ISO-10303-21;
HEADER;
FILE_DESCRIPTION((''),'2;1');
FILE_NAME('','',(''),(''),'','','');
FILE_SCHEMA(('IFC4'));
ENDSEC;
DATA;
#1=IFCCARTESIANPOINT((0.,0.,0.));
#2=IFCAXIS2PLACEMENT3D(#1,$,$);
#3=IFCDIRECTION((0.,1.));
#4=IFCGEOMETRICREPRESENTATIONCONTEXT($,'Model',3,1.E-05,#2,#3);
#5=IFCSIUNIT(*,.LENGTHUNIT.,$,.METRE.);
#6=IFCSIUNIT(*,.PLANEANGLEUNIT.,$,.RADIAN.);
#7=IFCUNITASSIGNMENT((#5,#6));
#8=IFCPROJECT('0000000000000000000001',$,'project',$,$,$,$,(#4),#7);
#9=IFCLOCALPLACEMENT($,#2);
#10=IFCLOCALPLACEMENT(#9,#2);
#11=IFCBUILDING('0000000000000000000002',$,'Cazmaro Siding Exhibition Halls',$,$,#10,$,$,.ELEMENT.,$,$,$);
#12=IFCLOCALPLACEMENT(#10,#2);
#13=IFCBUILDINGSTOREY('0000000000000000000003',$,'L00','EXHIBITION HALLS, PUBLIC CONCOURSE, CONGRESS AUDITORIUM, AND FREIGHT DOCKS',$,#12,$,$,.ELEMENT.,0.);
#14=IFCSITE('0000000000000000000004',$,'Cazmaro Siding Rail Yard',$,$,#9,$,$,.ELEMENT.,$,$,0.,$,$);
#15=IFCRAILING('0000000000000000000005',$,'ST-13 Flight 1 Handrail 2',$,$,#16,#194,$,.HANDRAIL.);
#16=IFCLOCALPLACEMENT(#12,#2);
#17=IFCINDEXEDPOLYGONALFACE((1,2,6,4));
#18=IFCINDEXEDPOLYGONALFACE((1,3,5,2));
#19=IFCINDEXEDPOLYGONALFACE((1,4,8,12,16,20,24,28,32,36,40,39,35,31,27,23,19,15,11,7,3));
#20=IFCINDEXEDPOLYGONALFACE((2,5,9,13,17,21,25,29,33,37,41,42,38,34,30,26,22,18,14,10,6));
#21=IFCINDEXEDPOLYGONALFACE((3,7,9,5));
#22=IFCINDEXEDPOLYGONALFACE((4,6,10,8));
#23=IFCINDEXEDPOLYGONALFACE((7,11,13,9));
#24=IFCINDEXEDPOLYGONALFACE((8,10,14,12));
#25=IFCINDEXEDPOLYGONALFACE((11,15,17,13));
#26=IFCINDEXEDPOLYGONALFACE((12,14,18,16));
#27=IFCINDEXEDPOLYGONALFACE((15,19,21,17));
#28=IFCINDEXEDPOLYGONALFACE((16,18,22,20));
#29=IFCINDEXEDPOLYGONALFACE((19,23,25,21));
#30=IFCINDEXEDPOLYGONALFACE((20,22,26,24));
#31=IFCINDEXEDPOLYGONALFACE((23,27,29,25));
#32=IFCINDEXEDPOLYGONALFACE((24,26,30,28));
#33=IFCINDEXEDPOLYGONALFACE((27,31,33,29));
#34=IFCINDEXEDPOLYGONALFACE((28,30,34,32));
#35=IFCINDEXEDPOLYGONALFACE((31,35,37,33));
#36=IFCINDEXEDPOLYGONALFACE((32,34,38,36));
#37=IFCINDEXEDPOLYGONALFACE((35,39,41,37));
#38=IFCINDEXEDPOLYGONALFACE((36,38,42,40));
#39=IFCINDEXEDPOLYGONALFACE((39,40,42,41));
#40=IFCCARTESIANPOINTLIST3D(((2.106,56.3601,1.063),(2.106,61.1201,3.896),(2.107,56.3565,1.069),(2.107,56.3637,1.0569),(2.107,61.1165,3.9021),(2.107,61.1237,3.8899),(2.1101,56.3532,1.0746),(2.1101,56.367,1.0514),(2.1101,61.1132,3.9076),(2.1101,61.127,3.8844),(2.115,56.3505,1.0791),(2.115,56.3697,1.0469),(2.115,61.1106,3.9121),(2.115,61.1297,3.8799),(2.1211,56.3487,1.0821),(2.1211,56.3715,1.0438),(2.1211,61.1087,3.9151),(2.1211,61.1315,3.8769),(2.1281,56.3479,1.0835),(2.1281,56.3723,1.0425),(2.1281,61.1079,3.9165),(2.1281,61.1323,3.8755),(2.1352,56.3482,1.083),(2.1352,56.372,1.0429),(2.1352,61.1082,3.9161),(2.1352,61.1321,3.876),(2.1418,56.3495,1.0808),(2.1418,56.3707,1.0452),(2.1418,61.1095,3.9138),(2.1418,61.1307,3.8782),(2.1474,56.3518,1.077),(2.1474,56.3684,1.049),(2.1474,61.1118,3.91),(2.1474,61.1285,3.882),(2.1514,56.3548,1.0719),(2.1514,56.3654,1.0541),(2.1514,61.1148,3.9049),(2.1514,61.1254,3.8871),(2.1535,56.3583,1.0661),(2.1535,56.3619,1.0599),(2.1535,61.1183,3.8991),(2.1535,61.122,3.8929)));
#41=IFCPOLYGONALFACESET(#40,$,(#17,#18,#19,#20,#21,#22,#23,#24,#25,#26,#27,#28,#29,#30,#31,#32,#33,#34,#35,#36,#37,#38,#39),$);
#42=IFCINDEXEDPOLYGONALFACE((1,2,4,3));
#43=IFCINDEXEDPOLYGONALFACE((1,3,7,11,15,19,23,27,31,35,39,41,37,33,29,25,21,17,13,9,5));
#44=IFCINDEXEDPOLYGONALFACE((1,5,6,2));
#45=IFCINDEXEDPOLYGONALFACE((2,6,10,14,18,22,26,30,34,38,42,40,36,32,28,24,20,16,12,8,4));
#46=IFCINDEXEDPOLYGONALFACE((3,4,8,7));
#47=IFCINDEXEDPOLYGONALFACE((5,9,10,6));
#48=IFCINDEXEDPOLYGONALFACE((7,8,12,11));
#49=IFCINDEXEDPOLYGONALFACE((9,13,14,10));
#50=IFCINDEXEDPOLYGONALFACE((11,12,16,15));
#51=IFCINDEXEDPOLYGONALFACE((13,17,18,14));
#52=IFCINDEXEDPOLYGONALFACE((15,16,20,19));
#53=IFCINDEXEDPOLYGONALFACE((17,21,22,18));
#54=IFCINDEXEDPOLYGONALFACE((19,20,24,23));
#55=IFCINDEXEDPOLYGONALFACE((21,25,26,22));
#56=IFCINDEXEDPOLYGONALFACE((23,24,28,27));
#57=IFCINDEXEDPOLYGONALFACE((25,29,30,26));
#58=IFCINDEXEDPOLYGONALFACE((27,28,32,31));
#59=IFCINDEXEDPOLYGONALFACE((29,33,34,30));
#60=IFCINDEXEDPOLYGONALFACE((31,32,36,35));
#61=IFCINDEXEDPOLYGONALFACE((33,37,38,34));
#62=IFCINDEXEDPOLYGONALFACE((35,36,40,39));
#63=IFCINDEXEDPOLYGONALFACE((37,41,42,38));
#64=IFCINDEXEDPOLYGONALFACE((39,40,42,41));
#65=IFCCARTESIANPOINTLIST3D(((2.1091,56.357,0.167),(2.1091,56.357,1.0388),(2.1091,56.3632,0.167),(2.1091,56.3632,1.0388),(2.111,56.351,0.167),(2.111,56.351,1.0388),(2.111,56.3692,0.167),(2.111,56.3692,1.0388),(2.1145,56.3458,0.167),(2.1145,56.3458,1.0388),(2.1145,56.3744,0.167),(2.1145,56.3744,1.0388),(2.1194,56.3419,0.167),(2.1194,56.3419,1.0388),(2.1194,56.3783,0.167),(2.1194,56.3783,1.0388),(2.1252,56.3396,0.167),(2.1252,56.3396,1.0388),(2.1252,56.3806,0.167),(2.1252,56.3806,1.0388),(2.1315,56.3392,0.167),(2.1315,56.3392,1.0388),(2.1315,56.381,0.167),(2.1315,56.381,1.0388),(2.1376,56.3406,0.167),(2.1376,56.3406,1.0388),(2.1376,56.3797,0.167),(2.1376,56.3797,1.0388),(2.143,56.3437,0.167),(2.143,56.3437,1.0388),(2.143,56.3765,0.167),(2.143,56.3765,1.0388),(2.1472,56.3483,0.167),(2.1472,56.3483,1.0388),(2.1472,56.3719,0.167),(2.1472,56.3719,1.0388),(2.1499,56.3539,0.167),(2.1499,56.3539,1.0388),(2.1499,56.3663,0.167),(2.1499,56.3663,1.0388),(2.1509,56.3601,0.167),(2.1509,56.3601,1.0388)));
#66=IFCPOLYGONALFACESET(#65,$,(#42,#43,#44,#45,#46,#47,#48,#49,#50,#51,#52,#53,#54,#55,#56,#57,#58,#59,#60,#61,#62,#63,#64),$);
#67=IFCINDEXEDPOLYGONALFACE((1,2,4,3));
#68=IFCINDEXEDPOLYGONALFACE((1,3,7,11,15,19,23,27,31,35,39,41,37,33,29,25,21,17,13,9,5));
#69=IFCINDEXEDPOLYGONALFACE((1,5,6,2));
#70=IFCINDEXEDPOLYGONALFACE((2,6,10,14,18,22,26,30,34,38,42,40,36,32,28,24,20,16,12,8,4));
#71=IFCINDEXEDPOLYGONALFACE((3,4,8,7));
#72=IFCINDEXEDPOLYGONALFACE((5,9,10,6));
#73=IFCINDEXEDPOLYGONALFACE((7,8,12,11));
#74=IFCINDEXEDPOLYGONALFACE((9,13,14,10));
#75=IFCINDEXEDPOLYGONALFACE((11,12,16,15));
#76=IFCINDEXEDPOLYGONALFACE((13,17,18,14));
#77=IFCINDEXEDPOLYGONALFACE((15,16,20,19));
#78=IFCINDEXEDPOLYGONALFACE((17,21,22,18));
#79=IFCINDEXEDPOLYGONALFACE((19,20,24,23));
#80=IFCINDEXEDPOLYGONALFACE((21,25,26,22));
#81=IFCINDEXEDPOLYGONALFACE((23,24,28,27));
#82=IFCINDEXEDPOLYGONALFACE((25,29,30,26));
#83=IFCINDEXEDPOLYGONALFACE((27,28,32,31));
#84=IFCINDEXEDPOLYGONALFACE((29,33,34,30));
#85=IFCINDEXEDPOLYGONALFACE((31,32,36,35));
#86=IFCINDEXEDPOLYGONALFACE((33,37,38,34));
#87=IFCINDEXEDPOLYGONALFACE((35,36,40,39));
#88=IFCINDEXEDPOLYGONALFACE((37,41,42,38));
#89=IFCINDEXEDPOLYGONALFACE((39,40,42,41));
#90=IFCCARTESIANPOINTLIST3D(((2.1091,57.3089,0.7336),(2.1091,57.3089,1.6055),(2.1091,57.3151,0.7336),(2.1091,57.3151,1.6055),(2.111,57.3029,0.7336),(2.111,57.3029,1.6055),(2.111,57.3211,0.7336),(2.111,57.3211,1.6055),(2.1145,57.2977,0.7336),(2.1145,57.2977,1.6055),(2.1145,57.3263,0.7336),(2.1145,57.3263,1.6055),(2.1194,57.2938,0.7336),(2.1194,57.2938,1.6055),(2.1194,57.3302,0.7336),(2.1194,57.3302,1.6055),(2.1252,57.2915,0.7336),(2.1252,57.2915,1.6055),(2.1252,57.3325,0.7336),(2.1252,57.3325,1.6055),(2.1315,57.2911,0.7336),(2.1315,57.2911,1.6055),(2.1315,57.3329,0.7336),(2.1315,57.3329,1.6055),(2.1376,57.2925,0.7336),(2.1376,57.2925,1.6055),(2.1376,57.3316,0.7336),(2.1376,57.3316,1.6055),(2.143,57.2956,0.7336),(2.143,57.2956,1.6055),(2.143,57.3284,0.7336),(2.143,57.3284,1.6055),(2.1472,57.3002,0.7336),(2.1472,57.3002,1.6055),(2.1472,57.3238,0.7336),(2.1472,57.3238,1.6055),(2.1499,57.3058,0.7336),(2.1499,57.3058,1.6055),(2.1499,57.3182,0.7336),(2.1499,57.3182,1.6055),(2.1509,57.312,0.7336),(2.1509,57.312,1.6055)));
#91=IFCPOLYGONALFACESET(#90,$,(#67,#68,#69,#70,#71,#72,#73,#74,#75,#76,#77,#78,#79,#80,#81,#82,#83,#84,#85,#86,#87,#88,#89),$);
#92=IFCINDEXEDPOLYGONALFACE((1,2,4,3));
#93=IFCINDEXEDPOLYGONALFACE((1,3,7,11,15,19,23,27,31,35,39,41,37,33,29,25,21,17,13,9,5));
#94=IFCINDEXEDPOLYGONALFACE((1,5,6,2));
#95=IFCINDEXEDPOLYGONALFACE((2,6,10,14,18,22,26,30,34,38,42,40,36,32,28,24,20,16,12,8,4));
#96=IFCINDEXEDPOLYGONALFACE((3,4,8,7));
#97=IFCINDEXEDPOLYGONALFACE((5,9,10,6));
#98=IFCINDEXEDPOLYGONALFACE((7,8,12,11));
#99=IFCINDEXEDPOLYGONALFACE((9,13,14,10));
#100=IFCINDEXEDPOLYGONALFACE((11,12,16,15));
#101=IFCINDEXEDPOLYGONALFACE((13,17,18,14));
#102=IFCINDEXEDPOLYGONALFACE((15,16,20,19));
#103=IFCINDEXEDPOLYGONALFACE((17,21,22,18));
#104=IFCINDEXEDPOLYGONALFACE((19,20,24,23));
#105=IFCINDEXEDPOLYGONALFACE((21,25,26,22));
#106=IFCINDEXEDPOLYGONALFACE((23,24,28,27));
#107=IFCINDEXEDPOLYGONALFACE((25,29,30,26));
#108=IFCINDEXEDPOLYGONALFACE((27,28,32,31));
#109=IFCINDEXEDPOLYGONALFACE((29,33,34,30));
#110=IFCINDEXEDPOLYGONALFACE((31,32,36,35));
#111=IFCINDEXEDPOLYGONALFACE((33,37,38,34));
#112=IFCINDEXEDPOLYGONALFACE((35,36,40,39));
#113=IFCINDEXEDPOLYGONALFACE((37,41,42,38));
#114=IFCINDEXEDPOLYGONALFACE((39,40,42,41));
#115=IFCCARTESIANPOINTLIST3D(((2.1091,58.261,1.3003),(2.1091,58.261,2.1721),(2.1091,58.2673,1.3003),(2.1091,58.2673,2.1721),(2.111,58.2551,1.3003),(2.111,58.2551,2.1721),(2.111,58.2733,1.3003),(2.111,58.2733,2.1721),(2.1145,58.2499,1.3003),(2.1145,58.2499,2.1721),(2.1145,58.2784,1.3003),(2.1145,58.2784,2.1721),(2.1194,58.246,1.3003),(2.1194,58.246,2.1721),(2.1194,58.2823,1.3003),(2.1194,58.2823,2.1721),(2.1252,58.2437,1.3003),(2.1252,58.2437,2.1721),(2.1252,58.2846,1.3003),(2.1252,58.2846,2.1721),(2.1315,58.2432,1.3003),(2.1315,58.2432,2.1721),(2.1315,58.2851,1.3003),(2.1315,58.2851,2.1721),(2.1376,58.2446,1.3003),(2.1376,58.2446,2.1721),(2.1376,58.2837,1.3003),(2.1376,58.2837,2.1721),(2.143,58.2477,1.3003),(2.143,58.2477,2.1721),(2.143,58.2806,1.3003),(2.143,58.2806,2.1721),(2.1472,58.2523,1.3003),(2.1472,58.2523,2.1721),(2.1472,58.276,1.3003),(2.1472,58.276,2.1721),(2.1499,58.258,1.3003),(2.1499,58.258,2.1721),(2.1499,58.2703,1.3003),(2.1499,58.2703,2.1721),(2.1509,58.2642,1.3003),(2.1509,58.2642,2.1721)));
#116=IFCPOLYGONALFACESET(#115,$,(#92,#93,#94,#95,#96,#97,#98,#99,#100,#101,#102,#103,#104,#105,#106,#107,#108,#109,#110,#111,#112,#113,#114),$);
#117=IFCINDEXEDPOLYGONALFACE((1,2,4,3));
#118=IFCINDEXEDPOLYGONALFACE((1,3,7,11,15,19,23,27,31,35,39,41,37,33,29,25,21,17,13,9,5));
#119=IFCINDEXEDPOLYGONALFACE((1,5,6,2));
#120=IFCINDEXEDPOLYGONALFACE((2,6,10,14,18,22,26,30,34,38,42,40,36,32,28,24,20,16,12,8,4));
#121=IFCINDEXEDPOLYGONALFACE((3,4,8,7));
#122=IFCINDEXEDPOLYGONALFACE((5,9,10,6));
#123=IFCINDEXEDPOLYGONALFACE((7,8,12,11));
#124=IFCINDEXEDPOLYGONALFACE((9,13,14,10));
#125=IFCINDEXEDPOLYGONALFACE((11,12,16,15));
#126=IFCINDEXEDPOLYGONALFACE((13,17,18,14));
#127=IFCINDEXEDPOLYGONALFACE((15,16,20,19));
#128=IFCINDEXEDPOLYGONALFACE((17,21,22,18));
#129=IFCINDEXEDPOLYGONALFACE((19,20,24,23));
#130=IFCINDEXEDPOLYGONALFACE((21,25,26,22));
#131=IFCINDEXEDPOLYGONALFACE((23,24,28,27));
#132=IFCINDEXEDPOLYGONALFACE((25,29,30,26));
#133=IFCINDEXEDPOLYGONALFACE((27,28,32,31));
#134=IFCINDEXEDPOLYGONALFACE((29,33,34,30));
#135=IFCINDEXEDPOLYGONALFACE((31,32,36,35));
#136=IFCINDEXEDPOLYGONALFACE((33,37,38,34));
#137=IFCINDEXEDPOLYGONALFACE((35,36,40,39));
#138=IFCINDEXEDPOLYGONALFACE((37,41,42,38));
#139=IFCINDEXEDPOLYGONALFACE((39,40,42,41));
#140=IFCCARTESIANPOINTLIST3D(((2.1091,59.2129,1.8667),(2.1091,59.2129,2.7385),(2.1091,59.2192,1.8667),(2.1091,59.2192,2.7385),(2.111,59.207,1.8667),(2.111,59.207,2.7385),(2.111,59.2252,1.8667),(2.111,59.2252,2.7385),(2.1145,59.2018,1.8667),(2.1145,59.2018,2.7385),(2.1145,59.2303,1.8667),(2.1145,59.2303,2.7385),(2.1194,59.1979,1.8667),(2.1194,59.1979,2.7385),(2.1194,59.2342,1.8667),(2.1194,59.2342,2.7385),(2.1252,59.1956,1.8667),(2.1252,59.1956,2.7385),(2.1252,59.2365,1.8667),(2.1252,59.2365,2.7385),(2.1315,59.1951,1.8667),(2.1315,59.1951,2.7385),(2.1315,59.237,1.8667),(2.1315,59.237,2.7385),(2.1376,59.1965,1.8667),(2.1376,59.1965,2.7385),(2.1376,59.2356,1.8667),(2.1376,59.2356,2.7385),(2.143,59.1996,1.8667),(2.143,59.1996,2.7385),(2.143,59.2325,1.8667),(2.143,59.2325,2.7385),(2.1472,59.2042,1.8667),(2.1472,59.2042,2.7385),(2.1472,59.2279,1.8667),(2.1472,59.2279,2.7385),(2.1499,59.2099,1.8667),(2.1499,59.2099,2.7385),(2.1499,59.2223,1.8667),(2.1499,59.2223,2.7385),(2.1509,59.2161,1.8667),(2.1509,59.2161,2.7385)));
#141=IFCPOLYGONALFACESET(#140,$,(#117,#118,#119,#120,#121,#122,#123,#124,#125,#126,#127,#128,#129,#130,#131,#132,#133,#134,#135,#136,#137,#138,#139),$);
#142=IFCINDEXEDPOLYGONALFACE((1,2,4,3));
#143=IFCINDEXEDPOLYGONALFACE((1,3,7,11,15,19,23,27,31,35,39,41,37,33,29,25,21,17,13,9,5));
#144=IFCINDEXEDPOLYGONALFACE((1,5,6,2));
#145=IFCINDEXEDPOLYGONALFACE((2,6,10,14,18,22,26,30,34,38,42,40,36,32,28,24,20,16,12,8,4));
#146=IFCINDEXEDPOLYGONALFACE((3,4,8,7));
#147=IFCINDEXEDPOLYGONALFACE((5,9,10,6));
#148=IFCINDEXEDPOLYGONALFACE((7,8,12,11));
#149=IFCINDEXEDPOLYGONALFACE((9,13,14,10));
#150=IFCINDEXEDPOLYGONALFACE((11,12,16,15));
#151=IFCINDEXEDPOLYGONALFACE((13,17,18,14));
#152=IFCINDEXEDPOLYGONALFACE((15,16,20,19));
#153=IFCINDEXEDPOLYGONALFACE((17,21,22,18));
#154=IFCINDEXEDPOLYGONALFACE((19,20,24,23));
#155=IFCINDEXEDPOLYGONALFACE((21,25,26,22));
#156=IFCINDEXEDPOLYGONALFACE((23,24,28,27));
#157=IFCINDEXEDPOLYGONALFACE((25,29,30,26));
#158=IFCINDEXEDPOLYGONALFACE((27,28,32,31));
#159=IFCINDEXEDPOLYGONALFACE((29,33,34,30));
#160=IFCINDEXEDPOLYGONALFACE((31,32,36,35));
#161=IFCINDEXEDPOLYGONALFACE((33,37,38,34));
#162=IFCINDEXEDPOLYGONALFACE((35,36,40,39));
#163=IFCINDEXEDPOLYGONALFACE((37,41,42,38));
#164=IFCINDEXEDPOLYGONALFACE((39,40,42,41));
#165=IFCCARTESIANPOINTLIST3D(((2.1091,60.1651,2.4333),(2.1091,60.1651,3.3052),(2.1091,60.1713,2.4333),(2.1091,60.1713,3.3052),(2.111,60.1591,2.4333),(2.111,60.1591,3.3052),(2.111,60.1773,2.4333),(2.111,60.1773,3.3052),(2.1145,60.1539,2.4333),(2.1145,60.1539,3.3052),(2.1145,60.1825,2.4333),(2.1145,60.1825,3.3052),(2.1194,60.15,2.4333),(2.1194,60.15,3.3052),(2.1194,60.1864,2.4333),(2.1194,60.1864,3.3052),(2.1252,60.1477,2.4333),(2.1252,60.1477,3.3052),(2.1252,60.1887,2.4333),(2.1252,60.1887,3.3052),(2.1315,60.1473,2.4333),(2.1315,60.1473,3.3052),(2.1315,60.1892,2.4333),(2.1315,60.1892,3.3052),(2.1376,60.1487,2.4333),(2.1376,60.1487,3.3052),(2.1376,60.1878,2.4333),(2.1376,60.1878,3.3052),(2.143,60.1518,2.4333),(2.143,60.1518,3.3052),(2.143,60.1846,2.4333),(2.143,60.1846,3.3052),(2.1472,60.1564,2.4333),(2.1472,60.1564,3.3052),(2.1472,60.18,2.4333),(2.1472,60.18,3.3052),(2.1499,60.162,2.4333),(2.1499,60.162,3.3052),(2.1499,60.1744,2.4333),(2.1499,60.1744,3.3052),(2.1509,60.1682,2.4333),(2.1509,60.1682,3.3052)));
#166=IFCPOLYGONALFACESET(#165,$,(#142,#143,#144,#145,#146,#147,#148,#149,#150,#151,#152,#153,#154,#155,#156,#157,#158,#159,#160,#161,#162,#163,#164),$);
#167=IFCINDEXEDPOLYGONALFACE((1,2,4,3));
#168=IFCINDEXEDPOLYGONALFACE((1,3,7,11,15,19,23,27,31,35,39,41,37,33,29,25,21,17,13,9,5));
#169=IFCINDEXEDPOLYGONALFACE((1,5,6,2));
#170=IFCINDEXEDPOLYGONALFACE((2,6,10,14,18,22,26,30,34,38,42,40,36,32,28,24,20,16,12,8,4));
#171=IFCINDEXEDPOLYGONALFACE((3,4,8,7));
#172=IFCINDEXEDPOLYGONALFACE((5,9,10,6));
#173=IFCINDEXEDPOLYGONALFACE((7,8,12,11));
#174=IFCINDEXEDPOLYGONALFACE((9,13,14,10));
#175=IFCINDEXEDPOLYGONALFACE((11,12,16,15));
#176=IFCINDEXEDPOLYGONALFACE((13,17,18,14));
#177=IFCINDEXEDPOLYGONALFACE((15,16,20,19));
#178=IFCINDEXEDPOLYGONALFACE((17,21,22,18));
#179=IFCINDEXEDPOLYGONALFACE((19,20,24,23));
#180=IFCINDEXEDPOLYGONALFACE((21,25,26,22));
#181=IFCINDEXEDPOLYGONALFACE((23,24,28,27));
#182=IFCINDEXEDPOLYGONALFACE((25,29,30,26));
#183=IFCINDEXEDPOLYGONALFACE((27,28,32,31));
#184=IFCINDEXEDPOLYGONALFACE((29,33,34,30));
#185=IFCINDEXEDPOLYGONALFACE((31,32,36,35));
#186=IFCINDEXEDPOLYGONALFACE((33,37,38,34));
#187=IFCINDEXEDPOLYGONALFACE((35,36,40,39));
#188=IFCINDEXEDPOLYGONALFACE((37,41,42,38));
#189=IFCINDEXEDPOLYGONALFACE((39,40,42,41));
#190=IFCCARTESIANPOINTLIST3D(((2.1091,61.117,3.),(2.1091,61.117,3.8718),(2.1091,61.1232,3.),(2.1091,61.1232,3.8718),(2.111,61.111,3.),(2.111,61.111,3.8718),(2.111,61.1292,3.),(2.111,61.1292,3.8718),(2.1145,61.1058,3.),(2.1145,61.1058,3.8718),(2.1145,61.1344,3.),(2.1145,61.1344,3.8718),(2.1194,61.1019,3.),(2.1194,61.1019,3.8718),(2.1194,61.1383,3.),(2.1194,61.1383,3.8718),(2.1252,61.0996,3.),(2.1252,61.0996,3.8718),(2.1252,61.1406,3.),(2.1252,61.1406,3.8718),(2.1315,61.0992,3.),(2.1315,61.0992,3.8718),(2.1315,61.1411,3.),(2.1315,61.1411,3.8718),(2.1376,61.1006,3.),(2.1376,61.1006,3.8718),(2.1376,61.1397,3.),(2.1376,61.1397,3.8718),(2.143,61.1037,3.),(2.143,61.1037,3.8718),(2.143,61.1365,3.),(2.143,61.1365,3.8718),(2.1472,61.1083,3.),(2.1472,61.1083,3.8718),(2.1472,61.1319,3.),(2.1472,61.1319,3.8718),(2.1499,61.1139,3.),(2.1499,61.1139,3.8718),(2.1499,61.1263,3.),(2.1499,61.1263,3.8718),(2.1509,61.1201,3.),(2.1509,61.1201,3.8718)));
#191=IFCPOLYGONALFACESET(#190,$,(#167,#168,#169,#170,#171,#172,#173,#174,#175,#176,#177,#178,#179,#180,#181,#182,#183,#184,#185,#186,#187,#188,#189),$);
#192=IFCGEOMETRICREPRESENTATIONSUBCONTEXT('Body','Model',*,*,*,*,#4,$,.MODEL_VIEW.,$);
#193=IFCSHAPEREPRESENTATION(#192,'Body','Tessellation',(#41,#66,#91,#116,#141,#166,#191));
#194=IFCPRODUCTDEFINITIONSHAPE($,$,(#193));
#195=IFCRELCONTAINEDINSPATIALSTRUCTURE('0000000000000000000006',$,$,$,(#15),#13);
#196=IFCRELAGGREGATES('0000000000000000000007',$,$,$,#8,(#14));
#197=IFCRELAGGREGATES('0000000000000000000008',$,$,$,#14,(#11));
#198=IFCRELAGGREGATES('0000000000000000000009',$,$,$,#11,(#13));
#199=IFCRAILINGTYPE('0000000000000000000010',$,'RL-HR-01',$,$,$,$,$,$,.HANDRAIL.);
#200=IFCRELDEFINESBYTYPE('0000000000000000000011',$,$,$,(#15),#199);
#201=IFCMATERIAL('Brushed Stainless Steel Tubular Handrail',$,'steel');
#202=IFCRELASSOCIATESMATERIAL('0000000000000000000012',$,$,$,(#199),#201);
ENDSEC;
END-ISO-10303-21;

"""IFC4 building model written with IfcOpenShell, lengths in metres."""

from ifc_helpers import new_model, si_unit, direction, frame, origin, origin_2d, place, context, subcontext, project, spatial, circle, extrude, material, type_object, element, save


model = new_model("IFC4")

# Units and contexts
model_context = context("Model", 3, precision=1e-05, world=origin(), true_north=direction((0.0, 1.0)))
body_context = subcontext(model_context, "Body", "Model", "MODEL_VIEW")
ifc_project = project(units=[si_unit("LENGTHUNIT", "METRE"), si_unit("PLANEANGLEUNIT", "RADIAN")], contexts=[model_context])

# Site, building, storey
site_placement = place(None, origin())
site = spatial("IfcSite", under=ifc_project, at=site_placement, Name="Cazmaro Siding Rail Yard", CompositionType="ELEMENT", RefElevation=0.0)
building_placement = place(site_placement, origin())
building = spatial("IfcBuilding", under=site, at=building_placement, Name="Cazmaro Siding Exhibition Halls", CompositionType="ELEMENT")
storey_placement = place(building_placement, origin())
storey = spatial("IfcBuildingStorey", under=building, at=storey_placement, Name="L00", Description="EXHIBITION HALLS, PUBLIC CONCOURSE, CONGRESS AUDITORIUM, AND FREIGHT DOCKS", CompositionType="ELEMENT", Elevation=0.0)

# Railing
ifc_material_1 = material(Name="Brushed Stainless Steel Tubular Handrail", Category="steel")
railing_type_1 = type_object("IfcRailingType", Name="RL-HR-01", PredefinedType="HANDRAIL", material=ifc_material_1)
railing_1_placement = place(storey_placement, frame((2.1299, 56.3601, 0.167)))
element("IfcRailing", 1, at=railing_1_placement, inside=storey, type_object=railing_type_1, Name="ST-13 Flight 1 Handrail 2", PredefinedType="HANDRAIL", context=body_context, shape_type="SweptSolid", body=[
    extrude(circle(Radius=0.0239, at=origin_2d()), frame((0.0, 0.0, 0.896), z_axis=(0.0, 0.859319, 0.51144), x_axis=(-1.0, 0.0, 0.0)), (0.0, 0.0, 1.0), 5.5393),
    extrude(circle(Radius=0.021, at=origin_2d()), origin(), (0.0, 0.0, 1.0), 0.8718),
    extrude(circle(Radius=0.021, at=origin_2d()), frame((0.0, 0.9519, 0.5667)), (0.0, 0.0, 1.0), 0.8718),
    extrude(circle(Radius=0.021, at=origin_2d()), frame((0.0, 1.9041, 1.1333)), (0.0, 0.0, 1.0), 0.8718),
    extrude(circle(Radius=0.021, at=origin_2d()), frame((0.0, 2.856, 1.6997)), (0.0, 0.0, 1.0), 0.8718),
    extrude(circle(Radius=0.021, at=origin_2d()), frame((0.0, 3.8081, 2.2664)), (0.0, 0.0, 1.0), 0.8718),
    extrude(circle(Radius=0.021, at=origin_2d()), frame((0.0, 4.76, 2.833)), (0.0, 0.0, 1.0), 0.8718),
])

save(model, "model.ifc")
